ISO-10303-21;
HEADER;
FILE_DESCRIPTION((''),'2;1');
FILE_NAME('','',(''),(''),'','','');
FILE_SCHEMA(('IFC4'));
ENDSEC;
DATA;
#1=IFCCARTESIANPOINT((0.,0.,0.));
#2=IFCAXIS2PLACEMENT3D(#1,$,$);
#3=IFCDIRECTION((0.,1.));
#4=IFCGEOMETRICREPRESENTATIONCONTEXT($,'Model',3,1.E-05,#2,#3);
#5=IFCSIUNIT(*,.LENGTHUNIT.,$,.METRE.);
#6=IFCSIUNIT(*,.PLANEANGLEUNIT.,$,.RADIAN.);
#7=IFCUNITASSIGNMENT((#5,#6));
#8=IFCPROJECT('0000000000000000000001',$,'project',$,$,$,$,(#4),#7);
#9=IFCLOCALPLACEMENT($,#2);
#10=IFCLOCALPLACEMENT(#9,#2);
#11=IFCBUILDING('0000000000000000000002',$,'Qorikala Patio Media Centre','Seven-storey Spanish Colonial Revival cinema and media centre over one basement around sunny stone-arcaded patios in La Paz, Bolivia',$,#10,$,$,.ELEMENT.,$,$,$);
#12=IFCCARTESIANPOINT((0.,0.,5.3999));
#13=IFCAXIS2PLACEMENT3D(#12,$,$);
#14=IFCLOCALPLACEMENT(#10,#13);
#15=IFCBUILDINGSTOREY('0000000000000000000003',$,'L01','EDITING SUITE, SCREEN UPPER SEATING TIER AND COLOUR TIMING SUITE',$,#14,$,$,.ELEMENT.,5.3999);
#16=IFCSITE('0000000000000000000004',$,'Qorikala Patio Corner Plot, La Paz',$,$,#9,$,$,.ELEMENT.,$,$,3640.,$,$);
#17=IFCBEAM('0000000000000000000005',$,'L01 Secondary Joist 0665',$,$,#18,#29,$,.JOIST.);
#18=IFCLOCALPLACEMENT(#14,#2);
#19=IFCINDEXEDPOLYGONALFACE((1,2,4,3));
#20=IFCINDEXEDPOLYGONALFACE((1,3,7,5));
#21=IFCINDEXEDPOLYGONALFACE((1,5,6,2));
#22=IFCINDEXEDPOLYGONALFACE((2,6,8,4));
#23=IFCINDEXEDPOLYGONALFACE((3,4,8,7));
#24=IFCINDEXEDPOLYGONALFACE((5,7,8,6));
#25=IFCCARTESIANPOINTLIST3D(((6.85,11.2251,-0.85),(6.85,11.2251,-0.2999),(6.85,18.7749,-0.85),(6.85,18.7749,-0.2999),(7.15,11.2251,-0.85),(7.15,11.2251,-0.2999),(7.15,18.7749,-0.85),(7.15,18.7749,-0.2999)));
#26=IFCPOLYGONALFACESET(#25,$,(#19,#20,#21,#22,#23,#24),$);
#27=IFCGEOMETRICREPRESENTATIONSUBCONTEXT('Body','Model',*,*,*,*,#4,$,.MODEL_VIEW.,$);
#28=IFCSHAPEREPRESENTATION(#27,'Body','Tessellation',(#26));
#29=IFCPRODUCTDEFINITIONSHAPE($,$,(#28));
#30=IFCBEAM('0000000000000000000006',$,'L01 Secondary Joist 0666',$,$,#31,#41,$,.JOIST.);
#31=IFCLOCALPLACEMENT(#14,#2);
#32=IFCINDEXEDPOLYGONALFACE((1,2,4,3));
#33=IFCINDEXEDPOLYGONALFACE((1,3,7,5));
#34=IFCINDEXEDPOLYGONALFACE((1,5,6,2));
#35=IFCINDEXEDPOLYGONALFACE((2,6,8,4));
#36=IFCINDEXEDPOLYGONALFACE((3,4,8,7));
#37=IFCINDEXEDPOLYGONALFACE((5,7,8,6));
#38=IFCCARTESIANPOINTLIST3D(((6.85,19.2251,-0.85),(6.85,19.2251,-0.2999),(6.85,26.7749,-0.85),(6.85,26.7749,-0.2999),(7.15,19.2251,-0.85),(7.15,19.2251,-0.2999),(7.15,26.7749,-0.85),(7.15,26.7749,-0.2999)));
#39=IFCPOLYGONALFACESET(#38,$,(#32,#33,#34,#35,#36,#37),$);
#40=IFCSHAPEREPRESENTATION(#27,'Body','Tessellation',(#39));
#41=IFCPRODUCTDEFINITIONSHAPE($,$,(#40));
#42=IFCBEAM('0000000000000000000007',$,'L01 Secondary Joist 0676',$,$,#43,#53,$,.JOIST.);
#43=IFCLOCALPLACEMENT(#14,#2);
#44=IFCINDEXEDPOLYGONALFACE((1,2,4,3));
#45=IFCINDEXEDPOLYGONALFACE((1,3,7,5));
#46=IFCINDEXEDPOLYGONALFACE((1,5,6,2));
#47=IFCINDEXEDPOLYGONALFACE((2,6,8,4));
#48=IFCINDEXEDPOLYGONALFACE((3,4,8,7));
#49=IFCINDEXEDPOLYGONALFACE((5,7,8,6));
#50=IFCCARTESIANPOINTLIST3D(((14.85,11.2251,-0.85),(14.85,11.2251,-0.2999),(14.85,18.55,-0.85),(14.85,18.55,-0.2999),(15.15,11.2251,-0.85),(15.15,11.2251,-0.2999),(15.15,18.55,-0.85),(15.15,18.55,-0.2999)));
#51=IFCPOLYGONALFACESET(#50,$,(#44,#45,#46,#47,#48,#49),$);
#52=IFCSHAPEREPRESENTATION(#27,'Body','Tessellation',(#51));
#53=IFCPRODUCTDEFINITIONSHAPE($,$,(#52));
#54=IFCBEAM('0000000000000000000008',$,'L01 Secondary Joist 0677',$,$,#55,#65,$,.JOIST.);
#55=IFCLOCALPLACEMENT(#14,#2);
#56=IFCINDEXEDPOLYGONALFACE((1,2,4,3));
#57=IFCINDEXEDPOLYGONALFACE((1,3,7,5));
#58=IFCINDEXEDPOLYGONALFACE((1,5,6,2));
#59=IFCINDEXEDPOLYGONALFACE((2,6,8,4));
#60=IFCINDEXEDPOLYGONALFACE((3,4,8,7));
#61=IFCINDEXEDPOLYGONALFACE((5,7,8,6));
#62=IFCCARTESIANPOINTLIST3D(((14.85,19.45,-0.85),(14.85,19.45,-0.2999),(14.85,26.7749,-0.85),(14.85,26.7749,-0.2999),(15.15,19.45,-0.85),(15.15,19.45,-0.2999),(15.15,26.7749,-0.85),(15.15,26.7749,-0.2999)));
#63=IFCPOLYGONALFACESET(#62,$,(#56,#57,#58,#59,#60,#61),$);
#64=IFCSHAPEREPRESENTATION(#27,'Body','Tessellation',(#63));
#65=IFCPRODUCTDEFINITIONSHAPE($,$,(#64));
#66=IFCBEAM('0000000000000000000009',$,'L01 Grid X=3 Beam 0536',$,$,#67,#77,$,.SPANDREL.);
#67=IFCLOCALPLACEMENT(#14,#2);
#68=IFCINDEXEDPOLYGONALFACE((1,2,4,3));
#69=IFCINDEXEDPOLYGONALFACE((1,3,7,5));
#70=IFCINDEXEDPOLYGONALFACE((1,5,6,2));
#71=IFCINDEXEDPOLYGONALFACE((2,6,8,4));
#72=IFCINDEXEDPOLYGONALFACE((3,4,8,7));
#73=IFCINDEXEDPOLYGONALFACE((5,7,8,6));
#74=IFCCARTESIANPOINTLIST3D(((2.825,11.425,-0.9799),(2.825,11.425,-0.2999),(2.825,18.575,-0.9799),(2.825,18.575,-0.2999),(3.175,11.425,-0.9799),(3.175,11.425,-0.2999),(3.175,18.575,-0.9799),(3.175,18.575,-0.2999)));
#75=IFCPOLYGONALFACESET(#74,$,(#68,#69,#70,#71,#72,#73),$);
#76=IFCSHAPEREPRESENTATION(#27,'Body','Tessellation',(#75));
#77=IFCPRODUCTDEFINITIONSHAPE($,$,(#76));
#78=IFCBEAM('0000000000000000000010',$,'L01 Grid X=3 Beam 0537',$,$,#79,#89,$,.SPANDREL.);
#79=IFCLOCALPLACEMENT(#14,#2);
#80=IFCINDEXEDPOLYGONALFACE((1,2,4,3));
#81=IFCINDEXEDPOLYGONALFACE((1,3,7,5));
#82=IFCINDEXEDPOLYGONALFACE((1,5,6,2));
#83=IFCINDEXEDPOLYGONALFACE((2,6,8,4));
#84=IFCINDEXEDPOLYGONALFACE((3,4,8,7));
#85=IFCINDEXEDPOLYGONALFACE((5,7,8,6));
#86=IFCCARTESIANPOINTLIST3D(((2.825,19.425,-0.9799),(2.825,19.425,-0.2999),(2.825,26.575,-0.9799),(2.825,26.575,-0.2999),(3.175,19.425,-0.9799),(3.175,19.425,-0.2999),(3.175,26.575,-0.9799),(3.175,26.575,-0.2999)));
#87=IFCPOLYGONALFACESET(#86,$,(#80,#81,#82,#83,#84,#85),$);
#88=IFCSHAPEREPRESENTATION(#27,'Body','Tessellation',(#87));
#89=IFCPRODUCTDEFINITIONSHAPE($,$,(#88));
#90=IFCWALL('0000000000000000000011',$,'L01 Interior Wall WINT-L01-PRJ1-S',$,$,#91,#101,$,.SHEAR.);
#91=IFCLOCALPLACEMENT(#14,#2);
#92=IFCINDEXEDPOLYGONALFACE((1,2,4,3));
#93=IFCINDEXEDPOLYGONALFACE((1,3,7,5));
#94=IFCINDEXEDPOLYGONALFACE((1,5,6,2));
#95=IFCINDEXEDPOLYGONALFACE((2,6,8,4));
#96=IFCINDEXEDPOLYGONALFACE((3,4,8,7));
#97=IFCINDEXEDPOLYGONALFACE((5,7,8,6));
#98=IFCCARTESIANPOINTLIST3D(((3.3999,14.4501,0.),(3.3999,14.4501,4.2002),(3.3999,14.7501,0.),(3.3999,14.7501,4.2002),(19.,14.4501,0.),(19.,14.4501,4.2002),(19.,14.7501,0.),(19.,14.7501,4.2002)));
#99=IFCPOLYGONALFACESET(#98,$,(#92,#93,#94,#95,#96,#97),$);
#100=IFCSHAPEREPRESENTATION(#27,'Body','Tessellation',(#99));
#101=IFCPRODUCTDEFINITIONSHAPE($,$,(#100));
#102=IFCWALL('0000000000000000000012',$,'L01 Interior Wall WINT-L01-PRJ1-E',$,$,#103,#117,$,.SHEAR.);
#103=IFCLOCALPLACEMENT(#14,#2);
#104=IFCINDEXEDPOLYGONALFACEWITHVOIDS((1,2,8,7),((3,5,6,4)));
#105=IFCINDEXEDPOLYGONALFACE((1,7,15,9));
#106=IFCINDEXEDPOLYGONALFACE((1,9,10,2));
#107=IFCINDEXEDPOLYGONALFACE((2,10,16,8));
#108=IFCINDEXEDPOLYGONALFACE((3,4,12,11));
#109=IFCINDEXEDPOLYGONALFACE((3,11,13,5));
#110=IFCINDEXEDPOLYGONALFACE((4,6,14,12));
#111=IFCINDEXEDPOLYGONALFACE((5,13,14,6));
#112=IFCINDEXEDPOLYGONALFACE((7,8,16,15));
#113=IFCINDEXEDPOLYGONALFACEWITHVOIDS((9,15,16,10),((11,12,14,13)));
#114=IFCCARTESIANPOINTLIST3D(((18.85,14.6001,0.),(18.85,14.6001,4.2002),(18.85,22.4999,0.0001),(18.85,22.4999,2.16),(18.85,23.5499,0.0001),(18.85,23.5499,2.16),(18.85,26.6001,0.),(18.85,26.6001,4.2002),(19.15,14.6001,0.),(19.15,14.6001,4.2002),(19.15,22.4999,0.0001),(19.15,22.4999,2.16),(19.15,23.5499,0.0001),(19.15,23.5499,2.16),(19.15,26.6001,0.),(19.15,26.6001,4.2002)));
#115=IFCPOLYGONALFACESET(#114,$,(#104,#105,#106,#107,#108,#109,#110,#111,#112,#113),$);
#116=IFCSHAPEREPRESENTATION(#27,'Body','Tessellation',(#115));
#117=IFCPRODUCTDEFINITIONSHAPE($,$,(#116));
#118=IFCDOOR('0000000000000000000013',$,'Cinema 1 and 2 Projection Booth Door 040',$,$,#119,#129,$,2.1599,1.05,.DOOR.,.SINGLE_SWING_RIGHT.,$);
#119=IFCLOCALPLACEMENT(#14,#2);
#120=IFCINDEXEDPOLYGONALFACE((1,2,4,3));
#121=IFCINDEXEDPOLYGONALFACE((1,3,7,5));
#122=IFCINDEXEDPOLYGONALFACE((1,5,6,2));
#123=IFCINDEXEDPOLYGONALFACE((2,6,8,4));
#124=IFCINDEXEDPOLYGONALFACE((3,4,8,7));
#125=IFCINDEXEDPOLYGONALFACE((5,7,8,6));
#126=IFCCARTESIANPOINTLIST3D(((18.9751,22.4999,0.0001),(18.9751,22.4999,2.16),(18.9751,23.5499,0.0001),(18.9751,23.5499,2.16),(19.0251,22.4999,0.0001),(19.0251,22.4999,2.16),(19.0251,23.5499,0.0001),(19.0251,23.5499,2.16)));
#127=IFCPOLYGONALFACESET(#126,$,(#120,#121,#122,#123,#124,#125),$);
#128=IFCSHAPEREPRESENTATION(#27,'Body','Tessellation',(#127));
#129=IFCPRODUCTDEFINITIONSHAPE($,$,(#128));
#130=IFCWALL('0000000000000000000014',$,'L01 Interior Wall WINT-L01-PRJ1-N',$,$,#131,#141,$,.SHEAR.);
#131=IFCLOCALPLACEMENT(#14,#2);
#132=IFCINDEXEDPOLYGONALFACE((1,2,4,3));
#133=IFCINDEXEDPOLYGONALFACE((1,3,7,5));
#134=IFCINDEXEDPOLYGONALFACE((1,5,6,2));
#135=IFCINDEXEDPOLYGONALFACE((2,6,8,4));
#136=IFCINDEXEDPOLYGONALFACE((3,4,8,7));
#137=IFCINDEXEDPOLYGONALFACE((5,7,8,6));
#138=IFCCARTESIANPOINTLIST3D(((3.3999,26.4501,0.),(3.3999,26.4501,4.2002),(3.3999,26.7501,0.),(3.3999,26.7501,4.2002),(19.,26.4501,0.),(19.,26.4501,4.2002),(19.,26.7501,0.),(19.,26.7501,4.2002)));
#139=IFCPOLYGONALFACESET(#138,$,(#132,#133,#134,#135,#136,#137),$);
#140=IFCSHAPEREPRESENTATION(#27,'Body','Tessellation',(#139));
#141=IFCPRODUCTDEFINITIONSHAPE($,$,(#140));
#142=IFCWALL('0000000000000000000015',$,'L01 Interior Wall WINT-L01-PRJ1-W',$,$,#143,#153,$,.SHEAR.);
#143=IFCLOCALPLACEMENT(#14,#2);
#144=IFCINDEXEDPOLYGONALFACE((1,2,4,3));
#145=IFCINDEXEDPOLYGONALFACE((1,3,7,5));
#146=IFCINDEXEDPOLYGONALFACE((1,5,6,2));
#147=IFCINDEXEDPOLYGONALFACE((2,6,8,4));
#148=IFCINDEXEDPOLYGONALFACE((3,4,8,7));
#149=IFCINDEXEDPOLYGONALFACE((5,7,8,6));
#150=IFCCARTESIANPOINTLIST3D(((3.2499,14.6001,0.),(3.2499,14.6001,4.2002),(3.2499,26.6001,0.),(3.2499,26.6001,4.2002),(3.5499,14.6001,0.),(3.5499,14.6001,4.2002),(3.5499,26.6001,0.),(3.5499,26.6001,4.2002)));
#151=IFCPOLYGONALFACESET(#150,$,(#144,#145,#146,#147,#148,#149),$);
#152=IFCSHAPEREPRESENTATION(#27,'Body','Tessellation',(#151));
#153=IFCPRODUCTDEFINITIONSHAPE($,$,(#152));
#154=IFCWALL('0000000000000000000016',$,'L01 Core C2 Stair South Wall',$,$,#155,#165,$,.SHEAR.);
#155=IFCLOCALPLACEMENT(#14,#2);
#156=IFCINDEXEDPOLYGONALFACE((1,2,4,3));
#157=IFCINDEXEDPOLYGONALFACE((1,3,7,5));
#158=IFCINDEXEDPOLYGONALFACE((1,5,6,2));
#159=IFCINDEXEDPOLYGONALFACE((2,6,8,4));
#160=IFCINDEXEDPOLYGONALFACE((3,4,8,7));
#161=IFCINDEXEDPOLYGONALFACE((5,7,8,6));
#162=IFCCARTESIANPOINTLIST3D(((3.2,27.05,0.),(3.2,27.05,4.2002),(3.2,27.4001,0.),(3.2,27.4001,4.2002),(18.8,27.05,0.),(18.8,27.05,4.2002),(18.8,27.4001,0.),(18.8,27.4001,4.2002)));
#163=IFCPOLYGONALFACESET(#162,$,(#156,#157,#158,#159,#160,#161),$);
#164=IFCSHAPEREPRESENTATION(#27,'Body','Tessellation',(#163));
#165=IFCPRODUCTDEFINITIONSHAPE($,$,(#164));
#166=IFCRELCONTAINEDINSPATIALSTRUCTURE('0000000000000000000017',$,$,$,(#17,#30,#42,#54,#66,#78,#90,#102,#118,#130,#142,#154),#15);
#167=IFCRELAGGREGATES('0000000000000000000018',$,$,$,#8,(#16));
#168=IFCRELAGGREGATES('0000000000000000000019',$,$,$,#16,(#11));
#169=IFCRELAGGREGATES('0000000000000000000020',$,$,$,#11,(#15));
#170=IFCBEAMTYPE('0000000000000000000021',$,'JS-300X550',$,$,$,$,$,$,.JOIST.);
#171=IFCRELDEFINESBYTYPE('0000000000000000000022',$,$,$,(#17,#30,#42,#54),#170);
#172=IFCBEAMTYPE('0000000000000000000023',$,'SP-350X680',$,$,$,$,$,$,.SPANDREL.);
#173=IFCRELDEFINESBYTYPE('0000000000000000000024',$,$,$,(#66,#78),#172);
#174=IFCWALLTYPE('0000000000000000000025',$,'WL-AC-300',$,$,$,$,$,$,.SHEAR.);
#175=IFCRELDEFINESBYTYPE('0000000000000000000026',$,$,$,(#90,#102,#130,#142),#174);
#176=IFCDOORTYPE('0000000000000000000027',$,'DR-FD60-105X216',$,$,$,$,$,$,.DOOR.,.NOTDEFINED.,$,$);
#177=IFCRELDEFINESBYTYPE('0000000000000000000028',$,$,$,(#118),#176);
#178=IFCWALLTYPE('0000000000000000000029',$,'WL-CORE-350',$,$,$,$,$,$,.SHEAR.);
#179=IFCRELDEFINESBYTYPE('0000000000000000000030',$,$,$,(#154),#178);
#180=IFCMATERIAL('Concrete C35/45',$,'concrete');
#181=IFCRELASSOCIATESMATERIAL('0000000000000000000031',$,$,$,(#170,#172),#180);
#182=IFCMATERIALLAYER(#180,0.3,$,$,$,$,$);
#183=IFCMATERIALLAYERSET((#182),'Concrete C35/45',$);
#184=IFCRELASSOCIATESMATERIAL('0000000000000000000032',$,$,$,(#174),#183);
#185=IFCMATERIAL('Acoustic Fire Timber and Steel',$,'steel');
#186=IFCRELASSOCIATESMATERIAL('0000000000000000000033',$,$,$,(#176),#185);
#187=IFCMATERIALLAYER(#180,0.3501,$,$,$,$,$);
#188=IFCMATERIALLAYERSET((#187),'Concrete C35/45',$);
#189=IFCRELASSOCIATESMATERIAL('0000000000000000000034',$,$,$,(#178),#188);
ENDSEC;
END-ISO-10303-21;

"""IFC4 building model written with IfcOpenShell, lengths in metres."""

from ifc_helpers import new_model, si_unit, direction, frame, frame_2d, origin, origin_2d, place, context, subcontext, project, spatial, rectangle, extrude, material, layer, layer_set, material_profile, profile_set, type_object, element, fill, save


model = new_model("IFC4")

# Units and contexts
model_context = context("Model", 3, precision=1e-05, world=origin(), true_north=direction((0.0, 1.0)))
body_context = subcontext(model_context, "Body", "Model", "MODEL_VIEW")
ifc_project = project(units=[si_unit("LENGTHUNIT", "METRE"), si_unit("PLANEANGLEUNIT", "RADIAN")], contexts=[model_context])

# Site, building, storey
site_placement = place(None, origin())
site = spatial("IfcSite", under=ifc_project, at=site_placement, Name="Qorikala Patio Corner Plot, La Paz", CompositionType="ELEMENT", RefElevation=3640.0)
building_placement = place(site_placement, origin())
building = spatial("IfcBuilding", under=site, at=building_placement, Name="Qorikala Patio Media Centre", Description="Seven-storey Spanish Colonial Revival cinema and media centre over one basement around sunny stone-arcaded patios in La Paz, Bolivia", CompositionType="ELEMENT")
storey_placement = place(building_placement, frame((0.0, 0.0, 5.3999)))
storey = spatial("IfcBuildingStorey", under=building, at=storey_placement, Name="L01", Description="EDITING SUITE, SCREEN UPPER SEATING TIER AND COLOUR TIMING SUITE", CompositionType="ELEMENT", Elevation=5.3999)

# Shared definitions
ifc_material_1 = material(Name="Concrete C35/45", Category="concrete")

# Beams
ifc_material_profile_1 = material_profile(ifc_material_1, rectangle(XDim=0.3, YDim=0.55, at=origin_2d()), Name="RC 300x550")
ifc_profile_set_1 = profile_set([ifc_material_profile_1], Name="Concrete C35/45")
beam_type_1 = type_object("IfcBeamType", Name="JS-300X550", PredefinedType="JOIST", material=ifc_profile_set_1)
for number, where, z_axis, x_axis, name in (
    (1, (7.0, 11.2251, -0.575), (0.0, 1.0, 0.0), (-1.0, 0.0, 0.0), "L01 Secondary Joist 0665"),
    (2, (7.0, 19.2251, -0.575), (0.0, 1.0, 0.0), (-1.0, 0.0, 0.0), "L01 Secondary Joist 0666"),
):
    element("IfcBeam", number, at=place(storey_placement, frame(where, z_axis=z_axis, x_axis=x_axis)), inside=storey, type_object=beam_type_1, Name=name, PredefinedType="JOIST", context=body_context, shape_type="SweptSolid", body=[
        extrude(rectangle(XDim=0.3, YDim=0.55, at=origin_2d()), origin(), (0.0, 0.0, 1.0), 7.5498),
    ])
for number, where, z_axis, x_axis, name in (
    (3, (15.0, 11.2251, -0.575), (0.0, 1.0, 0.0), (-1.0, 0.0, 0.0), "L01 Secondary Joist 0676"),
    (4, (15.0, 19.45, -0.575), (0.0, 1.0, 0.0), (-1.0, 0.0, 0.0), "L01 Secondary Joist 0677"),
):
    element("IfcBeam", number, at=place(storey_placement, frame(where, z_axis=z_axis, x_axis=x_axis)), inside=storey, type_object=beam_type_1, Name=name, PredefinedType="JOIST", context=body_context, shape_type="SweptSolid", body=[
        extrude(rectangle(XDim=0.3, YDim=0.55, at=origin_2d()), origin(), (0.0, 0.0, 1.0), 7.325),
    ])
ifc_material_profile_2 = material_profile(ifc_material_1, rectangle(XDim=0.3501, YDim=0.6799, at=origin_2d()), Name="RC 350x680")
ifc_profile_set_2 = profile_set([ifc_material_profile_2], Name="Concrete C35/45")
beam_type_2 = type_object("IfcBeamType", Name="SP-350X680", PredefinedType="SPANDREL", material=ifc_profile_set_2)
for number, where, z_axis, x_axis, name in (
    (5, (3.0, 11.425, -0.6399), (0.0, 1.0, 0.0), (-1.0, 0.0, 0.0), "L01 Grid X=3 Beam 0536"),
    (6, (3.0, 19.425, -0.6399), (0.0, 1.0, 0.0), (-1.0, 0.0, 0.0), "L01 Grid X=3 Beam 0537"),
):
    element("IfcBeam", number, at=place(storey_placement, frame(where, z_axis=z_axis, x_axis=x_axis)), inside=storey, type_object=beam_type_2, Name=name, PredefinedType="SPANDREL", context=body_context, shape_type="SweptSolid", body=[
        extrude(rectangle(XDim=0.3501, YDim=0.6799, at=origin_2d()), origin(), (0.0, 0.0, 1.0), 7.1499),
    ])

# Wall
ifc_layer_1 = layer(ifc_material_1, 0.3)
ifc_layer_set_1 = layer_set([ifc_layer_1], Name="Concrete C35/45")
wall_type_1 = type_object("IfcWallType", Name="WL-AC-300", PredefinedType="SHEAR", material=ifc_layer_set_1)
wall_1_placement = place(storey_placement, frame((3.3999, 14.6001, 0.0), z_axis=(0.0, 0.0, 1.0), x_axis=(1.0, 0.0, 0.0)))
element("IfcWall", 7, at=wall_1_placement, inside=storey, type_object=wall_type_1, Name="L01 Interior Wall WINT-L01-PRJ1-S", PredefinedType="SHEAR", context=body_context, shape_type="SweptSolid", body=[
    extrude(rectangle(XDim=15.6001, YDim=0.3, at=frame_2d((7.8, 0.0))), origin(), (0.0, 0.0, 1.0), 4.2002),
])

# Wall, opening, door
wall_2_placement = place(storey_placement, frame((19.0, 14.6001, 0.0), z_axis=(0.0, 0.0, 1.0), x_axis=(0.0, 1.0, 0.0)))
wall_2 = element("IfcWall", 8, at=wall_2_placement, inside=storey, type_object=wall_type_1, Name="L01 Interior Wall WINT-L01-PRJ1-E", PredefinedType="SHEAR", context=body_context, shape_type="SweptSolid", body=[
    extrude(rectangle(XDim=12.0, YDim=0.3, at=frame_2d((6.0, 0.0))), origin(), (0.0, 0.0, 1.0), 4.2002),
])
opening_1_placement = place(wall_2_placement, frame((7.8999, 0.0, 0.0)))
opening_1 = element("IfcOpeningElement", 9, at=opening_1_placement, cuts=wall_2, PredefinedType="OPENING", context=body_context, shape_type="SweptSolid", body=[
    extrude(rectangle(XDim=1.05, YDim=2.1599, at=frame_2d((0.5249, 1.0801))), frame((0.0, 0.1599, 0.0), z_axis=(0.0, -1.0, 0.0), x_axis=(1.0, 0.0, 0.0)), (0.0, 0.0, 1.0), 0.3201),
])
ifc_material_2 = material(Name="Acoustic Fire Timber and Steel", Category="steel")
door_type_1 = type_object("IfcDoorType", Name="DR-FD60-105X216", OperationType="NOTDEFINED", PredefinedType="DOOR", material=ifc_material_2)
door_1_placement = place(opening_1_placement, origin())
door_1 = element("IfcDoor", 10, at=door_1_placement, inside=storey, type_object=door_type_1, Name="Cinema 1 and 2 Projection Booth Door 040", OperationType="SINGLE_SWING_RIGHT", OverallHeight=2.1599, OverallWidth=1.05, PredefinedType="DOOR", context=body_context, shape_type="SweptSolid", body=[
    extrude(rectangle(XDim=1.05, YDim=2.1599, at=frame_2d((0.5249, 1.0801))), frame((0.0, 0.0249, 0.0), z_axis=(0.0, -1.0, 0.0), x_axis=(1.0, 0.0, 0.0)), (0.0, 0.0, 1.0), 0.05),
])
fill(opening_1, door_1)

# Walls
wall_3_placement = place(storey_placement, frame((3.3999, 26.6001, 0.0), z_axis=(0.0, 0.0, 1.0), x_axis=(1.0, 0.0, 0.0)))
element("IfcWall", 11, at=wall_3_placement, inside=storey, type_object=wall_type_1, Name="L01 Interior Wall WINT-L01-PRJ1-N", PredefinedType="SHEAR", context=body_context, shape_type="SweptSolid", body=[
    extrude(rectangle(XDim=15.6001, YDim=0.3, at=frame_2d((7.8, 0.0))), origin(), (0.0, 0.0, 1.0), 4.2002),
])
wall_4_placement = place(storey_placement, frame((3.3999, 14.6001, 0.0), z_axis=(0.0, 0.0, 1.0), x_axis=(0.0, 1.0, 0.0)))
element("IfcWall", 12, at=wall_4_placement, inside=storey, type_object=wall_type_1, Name="L01 Interior Wall WINT-L01-PRJ1-W", PredefinedType="SHEAR", context=body_context, shape_type="SweptSolid", body=[
    extrude(rectangle(XDim=12.0, YDim=0.3, at=frame_2d((6.0, 0.0))), origin(), (0.0, 0.0, 1.0), 4.2002),
])
ifc_layer_2 = layer(ifc_material_1, 0.3501)
ifc_layer_set_2 = layer_set([ifc_layer_2], Name="Concrete C35/45")
wall_type_2 = type_object("IfcWallType", Name="WL-CORE-350", PredefinedType="SHEAR", material=ifc_layer_set_2)
wall_5_placement = place(storey_placement, frame((3.2, 27.2251, 0.0), z_axis=(0.0, 0.0, 1.0), x_axis=(1.0, 0.0, 0.0)))
element("IfcWall", 13, at=wall_5_placement, inside=storey, type_object=wall_type_2, Name="L01 Core C2 Stair South Wall", PredefinedType="SHEAR", context=body_context, shape_type="SweptSolid", body=[
    extrude(rectangle(XDim=15.6001, YDim=0.3501, at=frame_2d((7.8, 0.0))), origin(), (0.0, 0.0, 1.0), 4.2002),
])

save(model, "model.ifc")
